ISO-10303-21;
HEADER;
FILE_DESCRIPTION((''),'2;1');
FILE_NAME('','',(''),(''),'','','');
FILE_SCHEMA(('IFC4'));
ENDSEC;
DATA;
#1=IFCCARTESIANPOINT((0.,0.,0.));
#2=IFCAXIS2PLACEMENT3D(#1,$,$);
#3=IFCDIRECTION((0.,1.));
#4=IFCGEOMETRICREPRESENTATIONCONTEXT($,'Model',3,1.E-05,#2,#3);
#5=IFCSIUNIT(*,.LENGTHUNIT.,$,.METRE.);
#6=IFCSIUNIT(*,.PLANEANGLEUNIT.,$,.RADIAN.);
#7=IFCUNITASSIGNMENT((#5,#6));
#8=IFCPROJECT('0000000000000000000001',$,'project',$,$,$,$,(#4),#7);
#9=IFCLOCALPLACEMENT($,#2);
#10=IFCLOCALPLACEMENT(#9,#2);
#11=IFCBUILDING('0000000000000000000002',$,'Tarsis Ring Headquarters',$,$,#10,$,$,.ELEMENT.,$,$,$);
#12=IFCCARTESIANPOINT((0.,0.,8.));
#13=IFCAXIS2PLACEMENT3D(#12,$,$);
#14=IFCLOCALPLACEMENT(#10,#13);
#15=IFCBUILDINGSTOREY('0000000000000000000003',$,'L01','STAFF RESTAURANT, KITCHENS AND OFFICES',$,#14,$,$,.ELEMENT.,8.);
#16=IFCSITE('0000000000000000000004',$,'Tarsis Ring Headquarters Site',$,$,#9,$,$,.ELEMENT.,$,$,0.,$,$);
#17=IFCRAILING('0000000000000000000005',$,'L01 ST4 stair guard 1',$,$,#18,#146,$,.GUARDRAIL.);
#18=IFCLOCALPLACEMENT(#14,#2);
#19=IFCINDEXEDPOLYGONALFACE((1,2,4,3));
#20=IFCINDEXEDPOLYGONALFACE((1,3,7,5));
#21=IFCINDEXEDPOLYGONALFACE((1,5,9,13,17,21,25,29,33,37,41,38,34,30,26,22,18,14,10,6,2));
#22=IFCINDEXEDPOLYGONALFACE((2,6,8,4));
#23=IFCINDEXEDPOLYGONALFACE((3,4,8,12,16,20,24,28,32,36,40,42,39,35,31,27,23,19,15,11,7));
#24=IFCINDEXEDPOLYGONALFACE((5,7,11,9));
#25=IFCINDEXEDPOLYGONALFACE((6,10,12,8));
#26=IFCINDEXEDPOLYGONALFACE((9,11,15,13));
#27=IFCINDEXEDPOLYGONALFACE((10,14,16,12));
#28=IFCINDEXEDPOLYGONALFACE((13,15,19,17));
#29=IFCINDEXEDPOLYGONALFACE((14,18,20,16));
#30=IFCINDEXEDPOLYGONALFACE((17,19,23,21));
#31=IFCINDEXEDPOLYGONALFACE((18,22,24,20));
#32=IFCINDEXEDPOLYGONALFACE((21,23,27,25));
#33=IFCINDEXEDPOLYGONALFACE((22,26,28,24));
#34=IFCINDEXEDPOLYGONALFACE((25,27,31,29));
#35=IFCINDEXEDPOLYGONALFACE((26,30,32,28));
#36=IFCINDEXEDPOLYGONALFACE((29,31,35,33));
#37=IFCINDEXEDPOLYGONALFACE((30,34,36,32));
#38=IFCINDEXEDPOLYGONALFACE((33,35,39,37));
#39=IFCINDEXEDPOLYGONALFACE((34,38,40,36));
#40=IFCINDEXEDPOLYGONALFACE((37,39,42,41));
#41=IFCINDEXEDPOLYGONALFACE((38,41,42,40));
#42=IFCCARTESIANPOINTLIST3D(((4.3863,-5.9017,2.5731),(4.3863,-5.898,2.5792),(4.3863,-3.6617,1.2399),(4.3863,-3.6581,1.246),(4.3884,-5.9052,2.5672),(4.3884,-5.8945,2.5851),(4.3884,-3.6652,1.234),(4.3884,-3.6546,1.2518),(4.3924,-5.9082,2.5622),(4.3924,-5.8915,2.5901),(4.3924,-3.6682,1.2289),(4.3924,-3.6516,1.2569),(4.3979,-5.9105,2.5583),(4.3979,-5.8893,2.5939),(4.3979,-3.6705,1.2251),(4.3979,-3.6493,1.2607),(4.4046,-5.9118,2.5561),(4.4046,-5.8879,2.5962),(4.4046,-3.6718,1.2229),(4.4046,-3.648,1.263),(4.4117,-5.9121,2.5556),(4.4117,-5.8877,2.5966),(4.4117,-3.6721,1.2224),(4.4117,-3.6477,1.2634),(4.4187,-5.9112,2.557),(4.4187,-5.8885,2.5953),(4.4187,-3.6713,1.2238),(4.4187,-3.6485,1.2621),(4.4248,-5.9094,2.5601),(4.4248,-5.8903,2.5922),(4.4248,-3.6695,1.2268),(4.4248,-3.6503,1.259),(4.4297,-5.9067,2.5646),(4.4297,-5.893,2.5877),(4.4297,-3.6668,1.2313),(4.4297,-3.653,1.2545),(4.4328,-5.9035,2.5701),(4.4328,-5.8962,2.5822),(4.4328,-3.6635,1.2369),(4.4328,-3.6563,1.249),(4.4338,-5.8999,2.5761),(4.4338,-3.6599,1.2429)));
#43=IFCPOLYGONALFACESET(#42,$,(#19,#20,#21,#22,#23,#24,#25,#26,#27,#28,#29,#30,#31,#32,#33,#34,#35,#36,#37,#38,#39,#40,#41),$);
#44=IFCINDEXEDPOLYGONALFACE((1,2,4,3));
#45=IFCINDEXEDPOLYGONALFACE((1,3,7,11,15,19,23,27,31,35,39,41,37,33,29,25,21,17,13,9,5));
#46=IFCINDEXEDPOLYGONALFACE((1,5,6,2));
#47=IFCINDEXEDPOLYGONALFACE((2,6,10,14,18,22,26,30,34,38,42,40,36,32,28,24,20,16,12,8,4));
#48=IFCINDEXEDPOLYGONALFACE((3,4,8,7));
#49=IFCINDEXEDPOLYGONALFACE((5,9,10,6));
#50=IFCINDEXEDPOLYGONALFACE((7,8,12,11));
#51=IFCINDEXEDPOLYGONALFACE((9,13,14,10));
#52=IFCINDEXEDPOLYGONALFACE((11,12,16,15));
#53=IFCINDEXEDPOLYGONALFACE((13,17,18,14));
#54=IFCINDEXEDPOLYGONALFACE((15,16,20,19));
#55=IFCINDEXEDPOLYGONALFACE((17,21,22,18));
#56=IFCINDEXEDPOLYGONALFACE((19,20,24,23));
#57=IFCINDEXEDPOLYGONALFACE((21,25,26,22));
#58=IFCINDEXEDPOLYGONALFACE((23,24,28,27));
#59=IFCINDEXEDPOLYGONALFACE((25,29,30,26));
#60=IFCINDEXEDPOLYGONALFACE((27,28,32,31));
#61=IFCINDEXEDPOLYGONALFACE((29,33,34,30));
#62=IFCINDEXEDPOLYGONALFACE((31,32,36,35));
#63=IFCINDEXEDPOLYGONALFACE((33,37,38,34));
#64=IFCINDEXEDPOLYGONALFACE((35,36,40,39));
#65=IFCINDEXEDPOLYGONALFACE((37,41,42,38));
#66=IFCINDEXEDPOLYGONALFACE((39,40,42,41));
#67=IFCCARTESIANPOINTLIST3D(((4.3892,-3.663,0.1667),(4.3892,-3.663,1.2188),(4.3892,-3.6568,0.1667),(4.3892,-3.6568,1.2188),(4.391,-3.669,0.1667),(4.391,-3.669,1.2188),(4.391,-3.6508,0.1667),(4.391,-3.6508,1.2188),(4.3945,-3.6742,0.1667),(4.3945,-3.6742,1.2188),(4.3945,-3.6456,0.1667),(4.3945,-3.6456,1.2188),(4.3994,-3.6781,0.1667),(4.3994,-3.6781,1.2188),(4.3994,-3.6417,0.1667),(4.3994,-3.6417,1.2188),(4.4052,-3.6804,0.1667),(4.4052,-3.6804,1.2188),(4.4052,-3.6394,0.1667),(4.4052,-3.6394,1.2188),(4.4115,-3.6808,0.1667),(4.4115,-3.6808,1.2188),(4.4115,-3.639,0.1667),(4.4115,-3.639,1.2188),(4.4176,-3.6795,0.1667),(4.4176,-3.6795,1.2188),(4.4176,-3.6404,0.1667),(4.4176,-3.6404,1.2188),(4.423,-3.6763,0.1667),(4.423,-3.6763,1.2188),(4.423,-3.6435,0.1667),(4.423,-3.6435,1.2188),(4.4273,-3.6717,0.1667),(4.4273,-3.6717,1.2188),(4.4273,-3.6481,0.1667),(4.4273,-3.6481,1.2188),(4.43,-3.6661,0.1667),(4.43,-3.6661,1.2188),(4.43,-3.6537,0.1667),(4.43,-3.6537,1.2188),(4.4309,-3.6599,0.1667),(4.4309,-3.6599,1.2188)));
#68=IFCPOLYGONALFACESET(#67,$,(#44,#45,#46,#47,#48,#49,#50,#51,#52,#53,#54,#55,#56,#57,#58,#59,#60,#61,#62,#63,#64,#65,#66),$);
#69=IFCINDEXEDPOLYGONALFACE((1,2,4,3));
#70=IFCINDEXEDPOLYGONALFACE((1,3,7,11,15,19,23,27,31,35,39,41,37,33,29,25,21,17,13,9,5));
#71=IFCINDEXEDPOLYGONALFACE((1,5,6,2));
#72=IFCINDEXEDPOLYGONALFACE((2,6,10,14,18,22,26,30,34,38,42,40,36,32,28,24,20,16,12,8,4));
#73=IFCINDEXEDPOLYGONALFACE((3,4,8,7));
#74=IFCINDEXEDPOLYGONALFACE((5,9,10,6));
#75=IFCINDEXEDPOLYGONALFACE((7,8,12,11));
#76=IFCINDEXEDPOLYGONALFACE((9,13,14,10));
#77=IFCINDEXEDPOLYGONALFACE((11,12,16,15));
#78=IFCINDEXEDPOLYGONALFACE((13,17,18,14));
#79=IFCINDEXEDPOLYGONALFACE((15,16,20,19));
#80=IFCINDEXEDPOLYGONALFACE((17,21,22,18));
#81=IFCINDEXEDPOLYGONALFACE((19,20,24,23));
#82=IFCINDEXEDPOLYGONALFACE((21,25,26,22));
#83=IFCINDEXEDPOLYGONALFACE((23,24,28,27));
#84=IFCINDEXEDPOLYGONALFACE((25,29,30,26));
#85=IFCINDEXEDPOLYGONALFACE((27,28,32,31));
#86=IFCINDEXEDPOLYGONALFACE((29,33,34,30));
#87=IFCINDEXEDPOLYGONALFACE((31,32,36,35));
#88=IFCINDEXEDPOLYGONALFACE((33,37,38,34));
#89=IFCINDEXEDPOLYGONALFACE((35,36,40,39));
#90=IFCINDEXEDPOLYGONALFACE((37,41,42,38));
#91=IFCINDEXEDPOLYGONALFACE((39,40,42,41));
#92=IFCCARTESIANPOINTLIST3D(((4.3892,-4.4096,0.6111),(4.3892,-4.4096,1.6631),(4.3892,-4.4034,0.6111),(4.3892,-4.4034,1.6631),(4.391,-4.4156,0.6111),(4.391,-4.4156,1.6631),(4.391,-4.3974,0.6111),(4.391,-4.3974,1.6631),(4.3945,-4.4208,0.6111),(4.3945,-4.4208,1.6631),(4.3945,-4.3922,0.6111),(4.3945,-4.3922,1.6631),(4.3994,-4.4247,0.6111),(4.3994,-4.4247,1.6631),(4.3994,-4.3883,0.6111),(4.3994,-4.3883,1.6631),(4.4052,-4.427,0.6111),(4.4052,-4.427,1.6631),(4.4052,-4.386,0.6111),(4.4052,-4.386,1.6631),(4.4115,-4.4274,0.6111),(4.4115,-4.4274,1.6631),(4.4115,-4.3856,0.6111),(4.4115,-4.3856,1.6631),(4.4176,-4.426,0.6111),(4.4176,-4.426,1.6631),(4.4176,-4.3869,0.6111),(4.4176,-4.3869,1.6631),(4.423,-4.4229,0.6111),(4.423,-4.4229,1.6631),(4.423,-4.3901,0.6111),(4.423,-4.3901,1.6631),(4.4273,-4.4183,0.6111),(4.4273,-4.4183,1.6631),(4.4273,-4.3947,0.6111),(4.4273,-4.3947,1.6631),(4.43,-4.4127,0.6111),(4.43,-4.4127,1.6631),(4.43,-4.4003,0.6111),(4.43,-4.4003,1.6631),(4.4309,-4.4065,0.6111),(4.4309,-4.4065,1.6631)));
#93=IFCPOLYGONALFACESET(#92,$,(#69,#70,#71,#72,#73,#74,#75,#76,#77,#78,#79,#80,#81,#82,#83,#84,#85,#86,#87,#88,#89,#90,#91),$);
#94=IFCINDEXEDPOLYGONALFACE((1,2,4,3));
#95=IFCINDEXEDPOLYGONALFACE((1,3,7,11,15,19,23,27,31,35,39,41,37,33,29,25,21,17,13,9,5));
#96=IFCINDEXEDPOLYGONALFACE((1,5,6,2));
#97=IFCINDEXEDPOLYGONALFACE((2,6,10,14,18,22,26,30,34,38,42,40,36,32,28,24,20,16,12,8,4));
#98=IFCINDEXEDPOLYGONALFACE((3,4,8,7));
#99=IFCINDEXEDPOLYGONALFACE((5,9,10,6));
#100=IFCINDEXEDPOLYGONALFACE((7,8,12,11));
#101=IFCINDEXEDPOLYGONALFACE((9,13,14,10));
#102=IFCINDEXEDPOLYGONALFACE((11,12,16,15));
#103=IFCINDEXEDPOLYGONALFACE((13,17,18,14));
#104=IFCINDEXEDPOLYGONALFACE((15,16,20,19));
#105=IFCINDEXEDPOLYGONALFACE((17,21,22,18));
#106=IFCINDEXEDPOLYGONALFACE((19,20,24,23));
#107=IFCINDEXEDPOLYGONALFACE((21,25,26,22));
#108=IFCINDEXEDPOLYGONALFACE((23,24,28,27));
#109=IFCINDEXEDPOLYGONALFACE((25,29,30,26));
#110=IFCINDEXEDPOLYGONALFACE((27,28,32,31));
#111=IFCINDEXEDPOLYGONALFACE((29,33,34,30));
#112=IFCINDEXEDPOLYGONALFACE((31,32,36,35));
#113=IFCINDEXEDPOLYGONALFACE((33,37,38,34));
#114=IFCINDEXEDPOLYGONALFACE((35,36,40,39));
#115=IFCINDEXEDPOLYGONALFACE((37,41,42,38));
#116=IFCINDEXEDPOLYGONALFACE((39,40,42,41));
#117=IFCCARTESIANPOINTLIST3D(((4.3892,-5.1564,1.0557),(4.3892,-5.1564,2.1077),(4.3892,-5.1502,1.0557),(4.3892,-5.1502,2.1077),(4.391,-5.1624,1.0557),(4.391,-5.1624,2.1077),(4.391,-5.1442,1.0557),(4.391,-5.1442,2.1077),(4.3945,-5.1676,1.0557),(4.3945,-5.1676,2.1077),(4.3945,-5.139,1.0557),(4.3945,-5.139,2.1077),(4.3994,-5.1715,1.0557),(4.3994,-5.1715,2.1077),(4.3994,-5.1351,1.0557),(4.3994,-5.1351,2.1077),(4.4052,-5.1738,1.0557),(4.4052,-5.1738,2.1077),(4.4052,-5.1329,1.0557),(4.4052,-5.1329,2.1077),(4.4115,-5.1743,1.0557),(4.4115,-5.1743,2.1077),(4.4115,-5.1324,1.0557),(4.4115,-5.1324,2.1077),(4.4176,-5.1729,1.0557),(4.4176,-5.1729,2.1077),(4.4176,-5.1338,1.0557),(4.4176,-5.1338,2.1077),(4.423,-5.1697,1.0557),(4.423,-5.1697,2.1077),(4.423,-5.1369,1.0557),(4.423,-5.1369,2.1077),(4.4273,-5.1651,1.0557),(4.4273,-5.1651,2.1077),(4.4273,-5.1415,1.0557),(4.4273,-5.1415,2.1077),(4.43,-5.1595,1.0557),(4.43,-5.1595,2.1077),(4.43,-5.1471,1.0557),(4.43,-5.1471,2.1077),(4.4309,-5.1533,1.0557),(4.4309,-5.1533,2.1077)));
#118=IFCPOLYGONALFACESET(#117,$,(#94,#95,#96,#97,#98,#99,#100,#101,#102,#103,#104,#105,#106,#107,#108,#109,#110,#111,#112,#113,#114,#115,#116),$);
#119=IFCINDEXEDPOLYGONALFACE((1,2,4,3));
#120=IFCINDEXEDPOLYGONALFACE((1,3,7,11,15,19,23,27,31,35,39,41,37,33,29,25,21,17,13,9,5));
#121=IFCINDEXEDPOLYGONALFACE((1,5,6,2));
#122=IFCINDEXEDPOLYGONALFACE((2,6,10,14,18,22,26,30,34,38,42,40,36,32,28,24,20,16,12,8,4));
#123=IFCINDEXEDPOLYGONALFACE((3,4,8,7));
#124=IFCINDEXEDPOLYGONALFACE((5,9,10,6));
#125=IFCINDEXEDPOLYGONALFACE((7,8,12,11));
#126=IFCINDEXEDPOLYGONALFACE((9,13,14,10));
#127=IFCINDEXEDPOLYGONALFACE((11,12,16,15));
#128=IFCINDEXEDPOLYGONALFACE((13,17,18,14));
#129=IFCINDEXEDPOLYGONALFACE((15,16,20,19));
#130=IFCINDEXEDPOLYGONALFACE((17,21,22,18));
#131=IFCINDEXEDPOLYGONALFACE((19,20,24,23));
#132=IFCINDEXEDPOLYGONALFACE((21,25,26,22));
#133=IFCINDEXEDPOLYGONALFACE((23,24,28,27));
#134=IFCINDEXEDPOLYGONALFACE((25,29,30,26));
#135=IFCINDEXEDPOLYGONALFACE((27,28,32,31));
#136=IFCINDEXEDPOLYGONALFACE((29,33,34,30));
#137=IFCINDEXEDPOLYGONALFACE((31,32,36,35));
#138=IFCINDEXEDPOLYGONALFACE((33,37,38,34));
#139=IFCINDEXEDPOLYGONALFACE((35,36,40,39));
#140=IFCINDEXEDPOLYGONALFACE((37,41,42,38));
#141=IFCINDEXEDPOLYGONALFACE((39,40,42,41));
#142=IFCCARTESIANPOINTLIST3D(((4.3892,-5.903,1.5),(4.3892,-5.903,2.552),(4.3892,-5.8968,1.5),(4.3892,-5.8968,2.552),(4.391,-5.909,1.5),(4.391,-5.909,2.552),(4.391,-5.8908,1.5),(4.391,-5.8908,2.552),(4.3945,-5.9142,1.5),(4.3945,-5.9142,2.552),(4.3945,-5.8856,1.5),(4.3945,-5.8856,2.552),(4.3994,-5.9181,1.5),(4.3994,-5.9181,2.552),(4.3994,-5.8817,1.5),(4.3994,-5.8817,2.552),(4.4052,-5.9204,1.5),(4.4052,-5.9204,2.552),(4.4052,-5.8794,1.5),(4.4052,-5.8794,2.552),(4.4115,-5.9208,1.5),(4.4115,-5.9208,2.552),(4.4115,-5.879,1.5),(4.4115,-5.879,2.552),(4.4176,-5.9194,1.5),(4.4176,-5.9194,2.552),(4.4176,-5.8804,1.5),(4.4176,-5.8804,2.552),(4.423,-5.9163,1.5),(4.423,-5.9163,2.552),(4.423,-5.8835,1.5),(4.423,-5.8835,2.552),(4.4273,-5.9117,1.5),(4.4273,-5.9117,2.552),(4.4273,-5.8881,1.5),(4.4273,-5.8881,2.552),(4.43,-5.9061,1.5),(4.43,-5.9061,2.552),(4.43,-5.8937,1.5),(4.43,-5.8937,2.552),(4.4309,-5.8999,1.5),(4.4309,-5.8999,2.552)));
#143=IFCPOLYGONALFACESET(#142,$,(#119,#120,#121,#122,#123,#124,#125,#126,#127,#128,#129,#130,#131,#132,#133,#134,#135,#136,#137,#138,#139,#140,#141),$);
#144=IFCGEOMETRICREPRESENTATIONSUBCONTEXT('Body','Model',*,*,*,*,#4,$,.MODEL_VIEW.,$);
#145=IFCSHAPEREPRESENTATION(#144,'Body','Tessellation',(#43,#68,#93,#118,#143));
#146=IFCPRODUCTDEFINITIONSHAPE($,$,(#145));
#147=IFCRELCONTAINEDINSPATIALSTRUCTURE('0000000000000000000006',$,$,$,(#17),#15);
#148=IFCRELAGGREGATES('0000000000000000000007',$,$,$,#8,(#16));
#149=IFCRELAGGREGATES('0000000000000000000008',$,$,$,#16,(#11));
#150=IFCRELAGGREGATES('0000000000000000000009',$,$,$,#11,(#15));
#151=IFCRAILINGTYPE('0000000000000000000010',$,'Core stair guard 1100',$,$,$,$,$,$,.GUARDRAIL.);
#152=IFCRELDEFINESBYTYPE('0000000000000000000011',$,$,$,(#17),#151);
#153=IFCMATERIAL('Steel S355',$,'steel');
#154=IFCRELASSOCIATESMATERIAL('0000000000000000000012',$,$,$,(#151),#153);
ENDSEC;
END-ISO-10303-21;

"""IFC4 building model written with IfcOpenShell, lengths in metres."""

from ifc_helpers import new_model, si_unit, direction, frame, origin, origin_2d, place, context, subcontext, project, spatial, circle, extrude, material, type_object, element, save


model = new_model("IFC4")

# Units and contexts
model_context = context("Model", 3, precision=1e-05, world=origin(), true_north=direction((0.0, 1.0)))
body_context = subcontext(model_context, "Body", "Model", "MODEL_VIEW")
ifc_project = project(units=[si_unit("LENGTHUNIT", "METRE"), si_unit("PLANEANGLEUNIT", "RADIAN")], contexts=[model_context])

# Site, building, storey
site_placement = place(None, origin())
site = spatial("IfcSite", under=ifc_project, at=site_placement, Name="Tarsis Ring Headquarters Site", CompositionType="ELEMENT", RefElevation=0.0)
building_placement = place(site_placement, origin())
building = spatial("IfcBuilding", under=site, at=building_placement, Name="Tarsis Ring Headquarters", CompositionType="ELEMENT")
storey_placement = place(building_placement, frame((0.0, 0.0, 8.0)))
storey = spatial("IfcBuildingStorey", under=building, at=storey_placement, Name="L01", Description="STAFF RESTAURANT, KITCHENS AND OFFICES", CompositionType="ELEMENT", Elevation=8.0)

# Railing
ifc_material_1 = material(Name="Steel S355", Category="steel")
railing_type_1 = type_object("IfcRailingType", Name="Core stair guard 1100", PredefinedType="GUARDRAIL", material=ifc_material_1)
railing_1_placement = place(storey_placement, frame((4.4099, -3.6599, 0.1667)))
element("IfcRailing", 1, at=railing_1_placement, inside=storey, type_object=railing_type_1, Name="L01 ST4 stair guard 1", PredefinedType="GUARDRAIL", context=body_context, shape_type="SweptSolid", body=[
    extrude(circle(Radius=0.0239, at=origin_2d()), frame((0.0, 0.0, 1.0762), z_axis=(0.0, -0.859306, 0.511462), x_axis=(1.0, 0.0, 0.0)), (0.0, 0.0, 1.0), 2.6067),
    extrude(circle(Radius=0.021, at=origin_2d()), origin(), (0.0, 0.0, 1.0), 1.052),
    extrude(circle(Radius=0.021, at=origin_2d()), frame((0.0, -0.7466, 0.4443)), (0.0, 0.0, 1.0), 1.052),
    extrude(circle(Radius=0.021, at=origin_2d()), frame((0.0, -1.4934, 0.8889)), (0.0, 0.0, 1.0), 1.052),
    extrude(circle(Radius=0.021, at=origin_2d()), frame((0.0, -2.24, 1.3333)), (0.0, 0.0, 1.0), 1.052),
])

save(model, "model.ifc")
